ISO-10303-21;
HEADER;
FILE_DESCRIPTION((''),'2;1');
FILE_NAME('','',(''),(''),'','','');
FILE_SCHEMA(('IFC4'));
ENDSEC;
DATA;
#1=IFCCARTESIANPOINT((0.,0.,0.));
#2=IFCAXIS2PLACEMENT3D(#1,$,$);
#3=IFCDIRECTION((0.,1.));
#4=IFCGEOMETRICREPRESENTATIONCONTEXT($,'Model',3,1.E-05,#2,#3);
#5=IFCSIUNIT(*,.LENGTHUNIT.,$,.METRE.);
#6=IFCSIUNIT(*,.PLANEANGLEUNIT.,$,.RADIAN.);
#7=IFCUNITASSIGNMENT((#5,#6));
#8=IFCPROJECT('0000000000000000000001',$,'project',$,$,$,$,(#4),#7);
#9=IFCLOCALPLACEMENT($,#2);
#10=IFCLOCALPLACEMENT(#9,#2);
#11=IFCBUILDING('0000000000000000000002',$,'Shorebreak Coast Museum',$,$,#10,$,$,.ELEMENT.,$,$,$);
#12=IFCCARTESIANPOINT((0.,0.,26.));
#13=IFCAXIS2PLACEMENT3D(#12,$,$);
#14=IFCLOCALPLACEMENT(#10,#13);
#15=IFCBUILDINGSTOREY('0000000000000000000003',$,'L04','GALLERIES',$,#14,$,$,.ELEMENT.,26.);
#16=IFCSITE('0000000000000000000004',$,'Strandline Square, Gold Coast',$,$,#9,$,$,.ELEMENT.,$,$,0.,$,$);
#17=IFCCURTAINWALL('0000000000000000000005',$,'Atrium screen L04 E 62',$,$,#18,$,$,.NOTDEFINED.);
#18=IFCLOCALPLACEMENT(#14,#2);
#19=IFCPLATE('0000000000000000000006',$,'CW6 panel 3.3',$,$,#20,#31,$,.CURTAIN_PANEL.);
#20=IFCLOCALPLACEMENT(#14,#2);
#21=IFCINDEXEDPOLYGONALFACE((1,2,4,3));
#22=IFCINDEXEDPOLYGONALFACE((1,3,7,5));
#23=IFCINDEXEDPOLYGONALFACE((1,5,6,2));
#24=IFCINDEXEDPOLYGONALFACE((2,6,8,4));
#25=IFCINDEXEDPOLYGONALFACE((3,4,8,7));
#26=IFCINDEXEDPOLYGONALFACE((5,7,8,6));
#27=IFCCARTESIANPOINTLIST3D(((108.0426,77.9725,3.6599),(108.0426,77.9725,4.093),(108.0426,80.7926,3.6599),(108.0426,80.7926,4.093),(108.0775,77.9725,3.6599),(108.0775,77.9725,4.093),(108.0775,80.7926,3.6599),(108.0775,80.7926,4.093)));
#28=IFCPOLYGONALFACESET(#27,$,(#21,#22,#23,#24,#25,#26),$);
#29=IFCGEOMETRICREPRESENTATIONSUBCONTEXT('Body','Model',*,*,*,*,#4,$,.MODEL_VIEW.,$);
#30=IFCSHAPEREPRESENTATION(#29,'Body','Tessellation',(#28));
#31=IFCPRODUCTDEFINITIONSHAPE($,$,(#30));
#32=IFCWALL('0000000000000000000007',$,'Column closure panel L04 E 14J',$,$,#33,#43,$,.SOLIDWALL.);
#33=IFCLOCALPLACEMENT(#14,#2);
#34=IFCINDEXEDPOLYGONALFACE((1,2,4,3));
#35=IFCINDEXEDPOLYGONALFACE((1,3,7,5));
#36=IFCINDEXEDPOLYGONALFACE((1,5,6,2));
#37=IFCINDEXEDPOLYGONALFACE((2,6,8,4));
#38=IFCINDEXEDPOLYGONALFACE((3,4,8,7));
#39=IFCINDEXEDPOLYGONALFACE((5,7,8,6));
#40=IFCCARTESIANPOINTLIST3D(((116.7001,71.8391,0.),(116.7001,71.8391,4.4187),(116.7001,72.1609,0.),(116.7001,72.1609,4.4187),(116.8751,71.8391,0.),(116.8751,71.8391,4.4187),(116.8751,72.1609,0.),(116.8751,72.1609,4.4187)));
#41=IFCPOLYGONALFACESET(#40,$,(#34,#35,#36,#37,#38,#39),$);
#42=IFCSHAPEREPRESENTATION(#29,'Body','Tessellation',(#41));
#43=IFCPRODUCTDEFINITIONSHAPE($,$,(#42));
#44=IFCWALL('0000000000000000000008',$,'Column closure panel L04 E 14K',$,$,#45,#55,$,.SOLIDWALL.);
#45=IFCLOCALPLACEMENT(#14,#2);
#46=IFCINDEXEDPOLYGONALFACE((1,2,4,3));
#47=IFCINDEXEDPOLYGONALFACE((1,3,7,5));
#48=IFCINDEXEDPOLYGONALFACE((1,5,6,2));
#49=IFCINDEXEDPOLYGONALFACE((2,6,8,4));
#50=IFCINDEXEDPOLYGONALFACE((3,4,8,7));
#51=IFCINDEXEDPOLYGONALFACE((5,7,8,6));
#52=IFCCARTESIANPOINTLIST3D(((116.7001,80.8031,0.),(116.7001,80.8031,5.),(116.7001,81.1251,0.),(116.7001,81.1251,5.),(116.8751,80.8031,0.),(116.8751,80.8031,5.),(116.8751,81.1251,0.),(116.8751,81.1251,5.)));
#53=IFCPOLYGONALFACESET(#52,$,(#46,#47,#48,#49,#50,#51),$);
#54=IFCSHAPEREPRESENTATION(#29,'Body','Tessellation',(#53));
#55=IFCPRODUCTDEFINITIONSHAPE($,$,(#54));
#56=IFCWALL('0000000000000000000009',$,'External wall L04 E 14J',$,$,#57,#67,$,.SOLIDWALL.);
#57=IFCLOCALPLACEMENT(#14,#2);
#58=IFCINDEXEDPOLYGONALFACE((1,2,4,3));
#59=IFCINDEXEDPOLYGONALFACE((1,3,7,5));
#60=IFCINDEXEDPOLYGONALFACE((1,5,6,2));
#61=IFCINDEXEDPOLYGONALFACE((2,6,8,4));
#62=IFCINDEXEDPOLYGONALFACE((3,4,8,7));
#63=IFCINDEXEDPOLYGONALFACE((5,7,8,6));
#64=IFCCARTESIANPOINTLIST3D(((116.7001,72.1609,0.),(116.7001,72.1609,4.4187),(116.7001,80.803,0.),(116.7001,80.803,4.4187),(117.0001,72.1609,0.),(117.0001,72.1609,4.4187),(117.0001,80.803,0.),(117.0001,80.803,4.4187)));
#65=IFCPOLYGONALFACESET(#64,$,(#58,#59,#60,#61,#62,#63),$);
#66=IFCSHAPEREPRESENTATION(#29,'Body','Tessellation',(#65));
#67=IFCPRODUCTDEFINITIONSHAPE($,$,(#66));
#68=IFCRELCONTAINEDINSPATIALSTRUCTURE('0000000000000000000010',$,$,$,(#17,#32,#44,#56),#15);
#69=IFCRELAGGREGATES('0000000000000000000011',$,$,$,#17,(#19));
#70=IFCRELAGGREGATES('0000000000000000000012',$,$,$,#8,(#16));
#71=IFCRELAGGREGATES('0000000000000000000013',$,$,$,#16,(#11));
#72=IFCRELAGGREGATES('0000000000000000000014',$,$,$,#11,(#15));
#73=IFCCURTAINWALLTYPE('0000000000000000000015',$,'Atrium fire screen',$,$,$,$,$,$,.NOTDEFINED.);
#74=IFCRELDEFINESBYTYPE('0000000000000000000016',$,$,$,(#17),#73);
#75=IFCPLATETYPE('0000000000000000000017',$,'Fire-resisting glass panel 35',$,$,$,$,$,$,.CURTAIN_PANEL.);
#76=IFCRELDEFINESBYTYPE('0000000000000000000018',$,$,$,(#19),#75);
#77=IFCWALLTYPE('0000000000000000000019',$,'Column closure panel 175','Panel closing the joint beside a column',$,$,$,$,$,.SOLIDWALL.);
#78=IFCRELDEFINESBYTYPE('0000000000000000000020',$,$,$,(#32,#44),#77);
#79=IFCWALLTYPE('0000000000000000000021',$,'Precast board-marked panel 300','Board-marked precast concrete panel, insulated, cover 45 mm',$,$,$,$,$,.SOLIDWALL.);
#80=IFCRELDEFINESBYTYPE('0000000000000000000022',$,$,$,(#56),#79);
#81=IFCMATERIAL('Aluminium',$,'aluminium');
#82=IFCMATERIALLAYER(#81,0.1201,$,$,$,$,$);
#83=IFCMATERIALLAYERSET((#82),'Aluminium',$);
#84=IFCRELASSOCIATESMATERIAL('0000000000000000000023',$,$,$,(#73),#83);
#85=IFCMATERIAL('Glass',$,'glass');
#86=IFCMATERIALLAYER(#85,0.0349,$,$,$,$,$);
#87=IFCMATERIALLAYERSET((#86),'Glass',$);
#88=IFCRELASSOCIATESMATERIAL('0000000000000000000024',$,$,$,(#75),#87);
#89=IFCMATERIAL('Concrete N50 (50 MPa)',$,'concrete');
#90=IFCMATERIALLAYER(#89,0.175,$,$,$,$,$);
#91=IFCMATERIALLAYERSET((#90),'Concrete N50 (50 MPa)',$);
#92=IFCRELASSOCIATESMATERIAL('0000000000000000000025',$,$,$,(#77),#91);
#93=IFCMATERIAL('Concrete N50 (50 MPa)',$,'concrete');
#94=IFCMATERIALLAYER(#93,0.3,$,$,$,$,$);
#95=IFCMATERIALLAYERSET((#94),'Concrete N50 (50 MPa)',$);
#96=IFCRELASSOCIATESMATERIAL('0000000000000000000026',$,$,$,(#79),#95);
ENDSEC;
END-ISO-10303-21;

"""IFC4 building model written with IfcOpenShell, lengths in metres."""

from ifc_helpers import new_model, si_unit, direction, frame, frame_2d, origin, origin_2d, place, context, subcontext, project, spatial, rectangle, extrude, material, layer, layer_set, type_object, element, aggregate, save


model = new_model("IFC4")

# Units and contexts
model_context = context("Model", 3, precision=1e-05, world=origin(), true_north=direction((0.0, 1.0)))
body_context = subcontext(model_context, "Body", "Model", "MODEL_VIEW")
ifc_project = project(units=[si_unit("LENGTHUNIT", "METRE"), si_unit("PLANEANGLEUNIT", "RADIAN")], contexts=[model_context])

# Site, building, storey
site_placement = place(None, origin())
site = spatial("IfcSite", under=ifc_project, at=site_placement, Name="Strandline Square, Gold Coast", CompositionType="ELEMENT", RefElevation=0.0)
building_placement = place(site_placement, origin())
building = spatial("IfcBuilding", under=site, at=building_placement, Name="Shorebreak Coast Museum", CompositionType="ELEMENT")
storey_placement = place(building_placement, frame((0.0, 0.0, 26.0)))
storey = spatial("IfcBuildingStorey", under=building, at=storey_placement, Name="L04", Description="GALLERIES", CompositionType="ELEMENT", Elevation=26.0)

# Curtain wall, plate
ifc_material_1 = material(Name="Aluminium", Category="aluminium")
ifc_layer_1 = layer(ifc_material_1, 0.1201)
ifc_layer_set_1 = layer_set([ifc_layer_1], Name="Aluminium")
curtain_wall_type = type_object("IfcCurtainWallType", Name="Atrium fire screen", PredefinedType="NOTDEFINED", material=ifc_layer_set_1)
curtain_wall_placement = place(storey_placement, origin())
curtain_wall = element("IfcCurtainWall", 1, at=curtain_wall_placement, inside=storey, type_object=curtain_wall_type, Name="Atrium screen L04 E 62", PredefinedType="NOTDEFINED")
ifc_material_2 = material(Name="Glass", Category="glass")
ifc_layer_2 = layer(ifc_material_2, 0.0349)
ifc_layer_set_2 = layer_set([ifc_layer_2], Name="Glass")
plate_type = type_object("IfcPlateType", Name="Fire-resisting glass panel 35", PredefinedType="CURTAIN_PANEL", material=ifc_layer_set_2)
plate_1_placement = place(storey_placement, frame((108.0601, 79.3826, 3.6599), z_axis=(0.0, 0.0, 1.0), x_axis=(0.0, 1.0, 0.0)))
plate_1 = element("IfcPlate", 2, at=plate_1_placement, type_object=plate_type, Name="CW6 panel 3.3", PredefinedType="CURTAIN_PANEL", context=body_context, shape_type="SweptSolid", body=[
    extrude(rectangle(XDim=2.8201, YDim=0.0349, at=origin_2d()), origin(), (0.0, 0.0, 1.0), 0.4331),
])
aggregate(curtain_wall, [plate_1])

# Walls
ifc_material_3 = material(Name="Concrete N50 (50 MPa)", Category="concrete")
ifc_layer_3 = layer(ifc_material_3, 0.175)
ifc_layer_set_3 = layer_set([ifc_layer_3], Name="Concrete N50 (50 MPa)")
wall_type_1 = type_object("IfcWallType", Name="Column closure panel 175", Description="Panel closing the joint beside a column", PredefinedType="SOLIDWALL", material=ifc_layer_set_3)
wall_1_placement = place(storey_placement, frame((116.7876, 71.8391, 0.0), z_axis=(0.0, 0.0, 1.0), x_axis=(0.0, 1.0, 0.0)))
element("IfcWall", 3, at=wall_1_placement, inside=storey, type_object=wall_type_1, Name="Column closure panel L04 E 14J", PredefinedType="SOLIDWALL", context=body_context, shape_type="SweptSolid", body=[
    extrude(rectangle(XDim=0.3218, YDim=0.175, at=frame_2d((0.1609, 0.0))), origin(), (0.0, 0.0, 1.0), 4.4187),
])
wall_2_placement = place(storey_placement, frame((116.7876, 80.803, 0.0), z_axis=(0.0, 0.0, 1.0), x_axis=(0.0, 1.0, 0.0)))
element("IfcWall", 4, at=wall_2_placement, inside=storey, type_object=wall_type_1, Name="Column closure panel L04 E 14K", PredefinedType="SOLIDWALL", context=body_context, shape_type="SweptSolid", body=[
    extrude(rectangle(XDim=0.322, YDim=0.175, at=frame_2d((0.1611, 0.0))), origin(), (0.0, 0.0, 1.0), 5.0),
])
ifc_material_4 = material(Name="Concrete N50 (50 MPa)", Category="concrete")
ifc_layer_4 = layer(ifc_material_4, 0.3)
ifc_layer_set_4 = layer_set([ifc_layer_4], Name="Concrete N50 (50 MPa)")
wall_type_2 = type_object("IfcWallType", Name="Precast board-marked panel 300", Description="Board-marked precast concrete panel, insulated, cover 45 mm", PredefinedType="SOLIDWALL", material=ifc_layer_set_4)
wall_3_placement = place(storey_placement, frame((116.8501, 72.1609, 0.0), z_axis=(0.0, 0.0, 1.0), x_axis=(0.0, 1.0, 0.0)))
element("IfcWall", 5, at=wall_3_placement, inside=storey, type_object=wall_type_2, Name="External wall L04 E 14J", PredefinedType="SOLIDWALL", context=body_context, shape_type="SweptSolid", body=[
    extrude(rectangle(XDim=8.6421, YDim=0.3, at=frame_2d((4.321, 0.0))), origin(), (0.0, 0.0, 1.0), 4.4187),
])

save(model, "model.ifc")
